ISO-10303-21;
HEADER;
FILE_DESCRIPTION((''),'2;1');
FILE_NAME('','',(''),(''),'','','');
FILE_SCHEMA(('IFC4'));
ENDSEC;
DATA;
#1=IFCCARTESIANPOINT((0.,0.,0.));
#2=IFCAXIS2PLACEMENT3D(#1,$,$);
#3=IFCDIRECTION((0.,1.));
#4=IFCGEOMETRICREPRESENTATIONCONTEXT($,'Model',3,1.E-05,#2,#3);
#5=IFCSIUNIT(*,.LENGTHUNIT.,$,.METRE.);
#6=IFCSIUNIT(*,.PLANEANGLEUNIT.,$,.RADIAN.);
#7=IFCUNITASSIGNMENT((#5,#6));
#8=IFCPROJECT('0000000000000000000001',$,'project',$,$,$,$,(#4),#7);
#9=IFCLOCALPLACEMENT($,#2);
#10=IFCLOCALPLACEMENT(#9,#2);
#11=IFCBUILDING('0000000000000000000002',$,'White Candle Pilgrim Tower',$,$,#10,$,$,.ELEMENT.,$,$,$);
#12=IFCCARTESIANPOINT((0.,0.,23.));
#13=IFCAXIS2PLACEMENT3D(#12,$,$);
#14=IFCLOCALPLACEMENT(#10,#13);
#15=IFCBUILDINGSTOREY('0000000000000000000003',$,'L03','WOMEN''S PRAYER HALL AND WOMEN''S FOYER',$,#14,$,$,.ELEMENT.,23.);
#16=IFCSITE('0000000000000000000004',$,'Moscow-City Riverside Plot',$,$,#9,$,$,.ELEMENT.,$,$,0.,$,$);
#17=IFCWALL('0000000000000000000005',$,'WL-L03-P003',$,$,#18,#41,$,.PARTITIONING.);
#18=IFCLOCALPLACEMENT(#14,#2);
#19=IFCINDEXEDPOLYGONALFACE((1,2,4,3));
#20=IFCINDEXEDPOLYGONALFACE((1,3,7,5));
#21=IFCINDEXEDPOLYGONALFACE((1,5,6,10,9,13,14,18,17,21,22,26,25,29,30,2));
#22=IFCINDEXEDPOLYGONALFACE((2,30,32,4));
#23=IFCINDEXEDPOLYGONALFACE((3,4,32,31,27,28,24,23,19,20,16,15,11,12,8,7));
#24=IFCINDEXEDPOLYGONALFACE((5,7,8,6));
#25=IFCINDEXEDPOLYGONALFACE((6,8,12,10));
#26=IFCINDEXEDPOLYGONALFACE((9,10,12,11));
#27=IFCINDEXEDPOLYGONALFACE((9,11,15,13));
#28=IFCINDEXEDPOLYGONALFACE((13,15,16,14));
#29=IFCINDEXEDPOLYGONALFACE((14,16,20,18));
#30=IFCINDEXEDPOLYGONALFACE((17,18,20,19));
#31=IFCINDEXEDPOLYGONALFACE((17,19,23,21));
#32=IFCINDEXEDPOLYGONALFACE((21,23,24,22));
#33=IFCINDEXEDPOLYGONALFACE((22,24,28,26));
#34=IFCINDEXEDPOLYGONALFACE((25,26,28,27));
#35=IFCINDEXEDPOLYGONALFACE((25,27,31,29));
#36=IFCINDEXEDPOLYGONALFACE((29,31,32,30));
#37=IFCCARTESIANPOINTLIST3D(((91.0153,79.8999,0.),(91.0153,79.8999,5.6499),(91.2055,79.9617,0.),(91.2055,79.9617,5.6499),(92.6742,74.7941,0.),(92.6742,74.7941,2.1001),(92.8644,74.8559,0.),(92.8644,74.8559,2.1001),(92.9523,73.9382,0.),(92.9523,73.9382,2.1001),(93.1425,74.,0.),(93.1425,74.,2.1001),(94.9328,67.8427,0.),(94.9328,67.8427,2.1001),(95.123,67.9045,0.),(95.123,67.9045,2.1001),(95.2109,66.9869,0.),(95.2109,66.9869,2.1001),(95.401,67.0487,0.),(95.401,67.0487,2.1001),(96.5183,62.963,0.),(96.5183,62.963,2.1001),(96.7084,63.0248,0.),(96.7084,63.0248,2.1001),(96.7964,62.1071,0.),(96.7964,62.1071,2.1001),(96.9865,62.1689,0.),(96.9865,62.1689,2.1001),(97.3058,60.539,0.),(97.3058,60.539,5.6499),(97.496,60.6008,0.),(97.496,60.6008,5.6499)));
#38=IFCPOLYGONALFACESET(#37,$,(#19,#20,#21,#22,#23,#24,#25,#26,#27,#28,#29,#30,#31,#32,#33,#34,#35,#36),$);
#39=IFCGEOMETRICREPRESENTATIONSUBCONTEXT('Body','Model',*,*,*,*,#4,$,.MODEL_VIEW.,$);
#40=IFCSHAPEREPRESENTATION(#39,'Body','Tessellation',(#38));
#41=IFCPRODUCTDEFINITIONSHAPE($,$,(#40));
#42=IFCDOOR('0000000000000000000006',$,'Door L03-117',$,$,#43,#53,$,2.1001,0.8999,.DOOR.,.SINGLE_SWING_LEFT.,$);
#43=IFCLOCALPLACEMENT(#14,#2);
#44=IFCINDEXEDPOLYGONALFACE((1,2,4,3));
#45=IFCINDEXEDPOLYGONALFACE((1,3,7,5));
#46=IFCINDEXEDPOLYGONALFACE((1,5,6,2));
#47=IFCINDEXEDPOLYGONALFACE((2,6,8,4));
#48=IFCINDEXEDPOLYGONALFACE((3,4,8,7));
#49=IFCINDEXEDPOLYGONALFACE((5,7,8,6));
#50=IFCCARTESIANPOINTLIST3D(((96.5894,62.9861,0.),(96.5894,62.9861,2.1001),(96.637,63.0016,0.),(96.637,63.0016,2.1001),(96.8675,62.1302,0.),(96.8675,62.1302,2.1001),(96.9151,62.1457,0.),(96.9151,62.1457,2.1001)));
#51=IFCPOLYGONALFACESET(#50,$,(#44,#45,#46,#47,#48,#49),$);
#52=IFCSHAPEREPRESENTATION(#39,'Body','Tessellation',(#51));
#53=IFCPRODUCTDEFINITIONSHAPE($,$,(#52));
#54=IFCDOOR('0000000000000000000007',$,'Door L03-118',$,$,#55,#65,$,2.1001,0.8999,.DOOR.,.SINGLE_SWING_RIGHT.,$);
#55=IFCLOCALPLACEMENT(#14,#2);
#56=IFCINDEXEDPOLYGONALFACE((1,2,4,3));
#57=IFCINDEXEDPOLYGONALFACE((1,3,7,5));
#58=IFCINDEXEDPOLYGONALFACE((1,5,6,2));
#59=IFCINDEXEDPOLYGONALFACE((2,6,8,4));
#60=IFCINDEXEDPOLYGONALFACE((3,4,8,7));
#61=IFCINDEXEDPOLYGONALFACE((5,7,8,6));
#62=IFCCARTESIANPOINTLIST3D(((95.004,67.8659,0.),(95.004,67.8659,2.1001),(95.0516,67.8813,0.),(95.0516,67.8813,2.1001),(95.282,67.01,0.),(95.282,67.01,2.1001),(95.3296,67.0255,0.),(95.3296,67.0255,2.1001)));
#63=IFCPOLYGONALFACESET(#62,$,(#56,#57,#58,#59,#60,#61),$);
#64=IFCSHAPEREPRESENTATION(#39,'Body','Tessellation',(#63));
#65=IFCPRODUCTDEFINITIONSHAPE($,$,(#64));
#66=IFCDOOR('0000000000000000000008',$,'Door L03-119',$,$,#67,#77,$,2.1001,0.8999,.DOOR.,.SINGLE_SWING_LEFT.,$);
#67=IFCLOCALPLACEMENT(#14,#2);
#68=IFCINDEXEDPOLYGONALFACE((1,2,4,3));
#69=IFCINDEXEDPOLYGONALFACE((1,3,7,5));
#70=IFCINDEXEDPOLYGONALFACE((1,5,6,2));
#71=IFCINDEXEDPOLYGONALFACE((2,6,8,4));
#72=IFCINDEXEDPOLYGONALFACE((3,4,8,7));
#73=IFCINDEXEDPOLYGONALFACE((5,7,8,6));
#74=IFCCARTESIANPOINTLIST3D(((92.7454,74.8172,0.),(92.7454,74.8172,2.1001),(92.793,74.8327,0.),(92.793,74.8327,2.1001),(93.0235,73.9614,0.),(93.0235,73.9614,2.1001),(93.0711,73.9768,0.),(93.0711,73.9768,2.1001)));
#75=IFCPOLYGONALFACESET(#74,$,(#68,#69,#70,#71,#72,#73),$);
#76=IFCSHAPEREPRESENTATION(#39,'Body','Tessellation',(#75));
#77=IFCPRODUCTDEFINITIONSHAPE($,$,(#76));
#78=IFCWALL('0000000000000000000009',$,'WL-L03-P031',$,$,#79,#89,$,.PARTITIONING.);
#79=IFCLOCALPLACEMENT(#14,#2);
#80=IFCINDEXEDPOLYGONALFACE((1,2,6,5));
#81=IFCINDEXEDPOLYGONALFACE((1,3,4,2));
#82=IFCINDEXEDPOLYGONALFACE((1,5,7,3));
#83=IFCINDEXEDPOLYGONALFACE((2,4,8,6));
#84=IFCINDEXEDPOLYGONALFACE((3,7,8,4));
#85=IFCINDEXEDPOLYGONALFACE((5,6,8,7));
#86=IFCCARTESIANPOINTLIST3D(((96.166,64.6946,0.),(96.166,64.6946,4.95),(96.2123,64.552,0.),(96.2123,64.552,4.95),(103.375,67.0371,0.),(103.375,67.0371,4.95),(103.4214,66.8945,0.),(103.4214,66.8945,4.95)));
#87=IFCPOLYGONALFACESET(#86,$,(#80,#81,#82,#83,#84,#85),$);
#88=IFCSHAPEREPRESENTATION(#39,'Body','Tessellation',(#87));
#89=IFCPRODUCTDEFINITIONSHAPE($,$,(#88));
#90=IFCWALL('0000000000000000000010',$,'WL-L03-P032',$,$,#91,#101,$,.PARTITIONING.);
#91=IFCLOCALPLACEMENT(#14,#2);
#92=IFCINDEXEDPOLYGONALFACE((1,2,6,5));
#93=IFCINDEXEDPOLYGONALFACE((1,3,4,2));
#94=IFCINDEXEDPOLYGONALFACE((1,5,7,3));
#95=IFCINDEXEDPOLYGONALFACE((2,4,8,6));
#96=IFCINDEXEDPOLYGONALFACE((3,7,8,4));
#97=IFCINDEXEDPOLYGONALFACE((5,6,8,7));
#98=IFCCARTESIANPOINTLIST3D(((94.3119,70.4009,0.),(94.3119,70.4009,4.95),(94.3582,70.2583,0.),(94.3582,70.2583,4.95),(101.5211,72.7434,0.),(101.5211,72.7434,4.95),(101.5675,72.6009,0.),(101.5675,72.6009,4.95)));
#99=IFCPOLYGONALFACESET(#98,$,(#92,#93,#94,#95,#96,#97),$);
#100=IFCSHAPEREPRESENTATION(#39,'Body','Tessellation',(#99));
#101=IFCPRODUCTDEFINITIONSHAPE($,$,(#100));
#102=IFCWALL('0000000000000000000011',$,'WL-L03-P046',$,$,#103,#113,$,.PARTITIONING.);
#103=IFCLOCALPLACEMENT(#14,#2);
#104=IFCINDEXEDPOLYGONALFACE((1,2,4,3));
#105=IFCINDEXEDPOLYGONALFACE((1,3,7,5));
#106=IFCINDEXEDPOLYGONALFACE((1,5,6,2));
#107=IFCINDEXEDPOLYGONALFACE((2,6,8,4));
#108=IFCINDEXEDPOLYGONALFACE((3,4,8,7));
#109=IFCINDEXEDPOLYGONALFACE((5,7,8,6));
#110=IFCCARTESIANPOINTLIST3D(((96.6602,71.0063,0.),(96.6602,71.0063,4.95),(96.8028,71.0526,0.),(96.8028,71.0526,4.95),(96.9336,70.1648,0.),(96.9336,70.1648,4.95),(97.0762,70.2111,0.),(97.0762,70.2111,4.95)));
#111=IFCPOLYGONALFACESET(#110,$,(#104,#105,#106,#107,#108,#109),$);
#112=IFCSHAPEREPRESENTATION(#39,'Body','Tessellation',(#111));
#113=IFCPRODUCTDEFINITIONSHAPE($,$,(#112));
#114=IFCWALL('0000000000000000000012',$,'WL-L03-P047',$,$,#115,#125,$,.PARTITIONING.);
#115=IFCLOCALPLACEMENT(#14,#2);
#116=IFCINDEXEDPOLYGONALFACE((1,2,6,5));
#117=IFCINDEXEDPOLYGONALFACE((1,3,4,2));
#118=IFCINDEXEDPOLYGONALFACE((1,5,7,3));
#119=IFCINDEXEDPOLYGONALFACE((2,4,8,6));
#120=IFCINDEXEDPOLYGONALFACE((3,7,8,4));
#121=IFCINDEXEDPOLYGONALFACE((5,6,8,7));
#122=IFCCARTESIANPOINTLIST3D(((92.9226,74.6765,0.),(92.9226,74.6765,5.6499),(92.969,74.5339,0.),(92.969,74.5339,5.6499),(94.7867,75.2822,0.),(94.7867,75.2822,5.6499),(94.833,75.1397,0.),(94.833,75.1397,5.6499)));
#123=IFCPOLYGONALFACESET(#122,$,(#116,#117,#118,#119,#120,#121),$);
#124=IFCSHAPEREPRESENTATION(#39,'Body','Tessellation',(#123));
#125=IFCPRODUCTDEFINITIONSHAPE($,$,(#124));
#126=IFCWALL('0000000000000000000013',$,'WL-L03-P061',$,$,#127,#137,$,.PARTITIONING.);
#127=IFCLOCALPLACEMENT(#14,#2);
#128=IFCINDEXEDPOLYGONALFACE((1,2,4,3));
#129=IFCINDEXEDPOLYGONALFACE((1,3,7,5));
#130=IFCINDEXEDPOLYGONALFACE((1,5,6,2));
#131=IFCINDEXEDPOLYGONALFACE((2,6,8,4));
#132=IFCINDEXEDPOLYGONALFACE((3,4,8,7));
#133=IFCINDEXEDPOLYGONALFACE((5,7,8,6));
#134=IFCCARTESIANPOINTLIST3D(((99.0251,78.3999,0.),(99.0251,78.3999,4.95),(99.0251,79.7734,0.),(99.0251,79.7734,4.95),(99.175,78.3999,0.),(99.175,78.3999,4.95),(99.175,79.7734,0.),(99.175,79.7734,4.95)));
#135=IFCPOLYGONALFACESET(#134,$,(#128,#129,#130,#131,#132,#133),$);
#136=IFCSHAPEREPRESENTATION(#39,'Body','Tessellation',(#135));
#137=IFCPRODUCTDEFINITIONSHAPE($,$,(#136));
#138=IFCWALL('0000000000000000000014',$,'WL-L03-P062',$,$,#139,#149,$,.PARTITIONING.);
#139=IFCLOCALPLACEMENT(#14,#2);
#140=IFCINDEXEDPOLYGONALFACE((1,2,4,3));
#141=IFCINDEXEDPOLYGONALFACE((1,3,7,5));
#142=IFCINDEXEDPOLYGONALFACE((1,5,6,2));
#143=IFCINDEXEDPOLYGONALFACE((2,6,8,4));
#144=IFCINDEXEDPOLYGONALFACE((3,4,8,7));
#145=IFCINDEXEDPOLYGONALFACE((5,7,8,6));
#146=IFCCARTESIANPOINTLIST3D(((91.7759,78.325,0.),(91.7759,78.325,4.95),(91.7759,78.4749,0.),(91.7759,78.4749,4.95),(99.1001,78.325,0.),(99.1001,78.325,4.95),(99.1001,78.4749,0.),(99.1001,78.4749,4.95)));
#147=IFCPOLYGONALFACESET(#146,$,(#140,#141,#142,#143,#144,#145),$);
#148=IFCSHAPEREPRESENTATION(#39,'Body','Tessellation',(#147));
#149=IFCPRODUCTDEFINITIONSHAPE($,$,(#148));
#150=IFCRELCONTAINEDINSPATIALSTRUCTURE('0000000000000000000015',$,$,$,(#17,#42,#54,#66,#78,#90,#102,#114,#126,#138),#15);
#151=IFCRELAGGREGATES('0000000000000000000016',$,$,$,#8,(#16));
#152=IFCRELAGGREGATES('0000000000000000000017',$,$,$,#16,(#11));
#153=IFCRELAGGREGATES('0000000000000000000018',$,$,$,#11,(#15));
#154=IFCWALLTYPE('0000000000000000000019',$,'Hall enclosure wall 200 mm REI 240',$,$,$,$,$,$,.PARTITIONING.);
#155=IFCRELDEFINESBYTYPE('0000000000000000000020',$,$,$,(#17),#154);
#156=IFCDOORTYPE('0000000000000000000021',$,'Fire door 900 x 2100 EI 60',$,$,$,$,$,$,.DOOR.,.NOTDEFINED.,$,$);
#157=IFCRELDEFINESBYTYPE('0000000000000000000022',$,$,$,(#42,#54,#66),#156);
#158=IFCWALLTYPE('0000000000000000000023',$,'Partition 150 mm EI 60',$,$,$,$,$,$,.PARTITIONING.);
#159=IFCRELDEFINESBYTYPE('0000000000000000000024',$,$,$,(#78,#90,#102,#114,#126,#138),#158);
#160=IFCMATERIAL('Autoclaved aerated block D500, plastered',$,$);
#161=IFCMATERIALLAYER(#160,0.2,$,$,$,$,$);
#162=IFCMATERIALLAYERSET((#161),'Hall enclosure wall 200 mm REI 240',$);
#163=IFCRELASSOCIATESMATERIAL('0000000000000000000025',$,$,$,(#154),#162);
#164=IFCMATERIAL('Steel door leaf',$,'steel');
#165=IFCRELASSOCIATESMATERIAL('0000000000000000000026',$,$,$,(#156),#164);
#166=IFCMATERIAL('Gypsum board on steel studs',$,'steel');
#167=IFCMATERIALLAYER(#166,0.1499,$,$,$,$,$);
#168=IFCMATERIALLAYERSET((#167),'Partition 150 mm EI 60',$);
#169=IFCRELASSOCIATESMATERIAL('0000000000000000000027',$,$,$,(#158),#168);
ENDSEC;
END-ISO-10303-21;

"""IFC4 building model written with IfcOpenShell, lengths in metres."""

from ifc_helpers import new_model, si_unit, direction, frame, frame_2d, origin, place, context, subcontext, project, spatial, rectangle, extrude, material, layer, layer_set, type_object, element, fill, save


model = new_model("IFC4")

# Units and contexts
model_context = context("Model", 3, precision=1e-05, world=origin(), true_north=direction((0.0, 1.0)))
body_context = subcontext(model_context, "Body", "Model", "MODEL_VIEW")
ifc_project = project(units=[si_unit("LENGTHUNIT", "METRE"), si_unit("PLANEANGLEUNIT", "RADIAN")], contexts=[model_context])

# Site, building, storey
site_placement = place(None, origin())
site = spatial("IfcSite", under=ifc_project, at=site_placement, Name="Moscow-City Riverside Plot", CompositionType="ELEMENT", RefElevation=0.0)
building_placement = place(site_placement, origin())
building = spatial("IfcBuilding", under=site, at=building_placement, Name="White Candle Pilgrim Tower", CompositionType="ELEMENT")
storey_placement = place(building_placement, frame((0.0, 0.0, 23.0)))
storey = spatial("IfcBuildingStorey", under=building, at=storey_placement, Name="L03", Description="WOMEN'S PRAYER HALL AND WOMEN'S FOYER", CompositionType="ELEMENT", Elevation=23.0)

# Wall, openings, doors
ifc_material_1 = material(Name="Autoclaved aerated block D500, plastered")
ifc_layer_1 = layer(ifc_material_1, 0.2)
ifc_layer_set_1 = layer_set([ifc_layer_1], Name="Hall enclosure wall 200 mm REI 240")
wall_type_1 = type_object("IfcWallType", Name="Hall enclosure wall 200 mm REI 240", PredefinedType="PARTITIONING", material=ifc_layer_set_1)
wall_1_placement = place(storey_placement, frame((91.1104, 79.9309, 0.0), z_axis=(0.0, 0.0, 1.0), x_axis=(0.309009, -0.951059, 0.0)))
wall_1 = element("IfcWall", 1, at=wall_1_placement, inside=storey, type_object=wall_type_1, Name="WL-L03-P003", PredefinedType="PARTITIONING", context=body_context, shape_type="SweptSolid", body=[
    extrude(rectangle(XDim=20.3572, YDim=0.2, at=frame_2d((10.1787, 0.0))), origin(), (0.0, 0.0, 1.0), 5.6499),
])
opening_1_placement = place(wall_1_placement, frame((17.8086, 0.0, 0.0)))
opening_1 = element("IfcOpeningElement", 2, at=opening_1_placement, cuts=wall_1, PredefinedType="OPENING", context=body_context, shape_type="SweptSolid", body=[
    extrude(rectangle(XDim=0.8999, YDim=2.1001, at=frame_2d((0.45, 1.05))), frame((0.0, 0.1099, 0.0), z_axis=(0.0, -1.0, 0.0), x_axis=(1.0, 0.0, 0.0)), (0.0, 0.0, 1.0), 0.22),
])
opening_2_placement = place(wall_1_placement, frame((12.6777, 0.0, 0.0)))
opening_2 = element("IfcOpeningElement", 3, at=opening_2_placement, cuts=wall_1, PredefinedType="OPENING", context=body_context, shape_type="SweptSolid", body=[
    extrude(rectangle(XDim=0.8999, YDim=2.1001, at=frame_2d((0.45, 1.05))), frame((0.0, 0.1099, 0.0), z_axis=(0.0, -1.0, 0.0), x_axis=(1.0, 0.0, 0.0)), (0.0, 0.0, 1.0), 0.22),
])
opening_3_placement = place(wall_1_placement, frame((5.3687, 0.0, 0.0)))
opening_3 = element("IfcOpeningElement", 4, at=opening_3_placement, cuts=wall_1, PredefinedType="OPENING", context=body_context, shape_type="SweptSolid", body=[
    extrude(rectangle(XDim=0.8999, YDim=2.1001, at=frame_2d((0.45, 1.05))), frame((0.0, 0.1099, 0.0), z_axis=(0.0, -1.0, 0.0), x_axis=(1.0, 0.0, 0.0)), (0.0, 0.0, 1.0), 0.22),
])
ifc_material_2 = material(Name="Steel door leaf", Category="steel")
door_type = type_object("IfcDoorType", Name="Fire door 900 x 2100 EI 60", OperationType="NOTDEFINED", PredefinedType="DOOR", material=ifc_material_2)
door_1_placement = place(opening_1_placement, origin())
door_1 = element("IfcDoor", 5, at=door_1_placement, inside=storey, type_object=door_type, Name="Door L03-117", OperationType="SINGLE_SWING_LEFT", OverallHeight=2.1001, OverallWidth=0.8999, PredefinedType="DOOR", context=body_context, shape_type="SweptSolid", body=[
    extrude(rectangle(XDim=0.8999, YDim=2.1001, at=frame_2d((0.45, 1.05))), frame((0.0, 0.0249, 0.0), z_axis=(0.0, -1.0, 0.0), x_axis=(1.0, 0.0, 0.0)), (0.0, 0.0, 1.0), 0.05),
])
fill(opening_1, door_1)
door_2_placement = place(opening_2_placement, origin())
door_2 = element("IfcDoor", 6, at=door_2_placement, inside=storey, type_object=door_type, Name="Door L03-118", OperationType="SINGLE_SWING_RIGHT", OverallHeight=2.1001, OverallWidth=0.8999, PredefinedType="DOOR", context=body_context, shape_type="SweptSolid", body=[
    extrude(rectangle(XDim=0.8999, YDim=2.1001, at=frame_2d((0.45, 1.05))), frame((0.0, 0.0249, 0.0), z_axis=(0.0, -1.0, 0.0), x_axis=(1.0, 0.0, 0.0)), (0.0, 0.0, 1.0), 0.05),
])
fill(opening_2, door_2)
door_3_placement = place(opening_3_placement, origin())
door_3 = element("IfcDoor", 7, at=door_3_placement, inside=storey, type_object=door_type, Name="Door L03-119", OperationType="SINGLE_SWING_LEFT", OverallHeight=2.1001, OverallWidth=0.8999, PredefinedType="DOOR", context=body_context, shape_type="SweptSolid", body=[
    extrude(rectangle(XDim=0.8999, YDim=2.1001, at=frame_2d((0.45, 1.05))), frame((0.0, 0.0249, 0.0), z_axis=(0.0, -1.0, 0.0), x_axis=(1.0, 0.0, 0.0)), (0.0, 0.0, 1.0), 0.05),
])
fill(opening_3, door_3)

# Walls
ifc_material_3 = material(Name="Gypsum board on steel studs", Category="steel")
ifc_layer_2 = layer(ifc_material_3, 0.1499)
ifc_layer_set_2 = layer_set([ifc_layer_2], Name="Partition 150 mm EI 60")
wall_type_2 = type_object("IfcWallType", Name="Partition 150 mm EI 60", PredefinedType="PARTITIONING", material=ifc_layer_set_2)
wall_2_placement = place(storey_placement, frame((103.3982, 66.9658, 0.0), z_axis=(0.0, 0.0, 1.0), x_axis=(-0.951049, -0.309039, 0.0)))
element("IfcWall", 8, at=wall_2_placement, inside=storey, type_object=wall_type_2, Name="WL-L03-P031", PredefinedType="PARTITIONING", context=body_context, shape_type="SweptSolid", body=[
    extrude(rectangle(XDim=7.5801, YDim=0.1499, at=frame_2d((3.79, 0.0))), origin(), (0.0, 0.0, 1.0), 4.95),
])
wall_3_placement = place(storey_placement, frame((101.5442, 72.6721, 0.0), z_axis=(0.0, 0.0, 1.0), x_axis=(-0.951052, -0.30903, 0.0)))
element("IfcWall", 9, at=wall_3_placement, inside=storey, type_object=wall_type_2, Name="WL-L03-P032", PredefinedType="PARTITIONING", context=body_context, shape_type="SweptSolid", body=[
    extrude(rectangle(XDim=7.5803, YDim=0.1499, at=frame_2d((3.79, 0.0))), origin(), (0.0, 0.0, 1.0), 4.95),
])
wall_4_placement = place(storey_placement, frame((97.0049, 70.188, 0.0), z_axis=(0.0, 0.0, 1.0), x_axis=(-0.309017, 0.951056, 0.0)))
element("IfcWall", 10, at=wall_4_placement, inside=storey, type_object=wall_type_2, Name="WL-L03-P046", PredefinedType="PARTITIONING", context=body_context, shape_type="SweptSolid", body=[
    extrude(rectangle(XDim=0.8848, YDim=0.1499, at=frame_2d((0.4424, 0.0))), origin(), (0.0, 0.0, 1.0), 4.95),
])
wall_5_placement = place(storey_placement, frame((94.8098, 75.2109, 0.0), z_axis=(0.0, 0.0, 1.0), x_axis=(-0.951048, -0.309044, 0.0)))
element("IfcWall", 11, at=wall_5_placement, inside=storey, type_object=wall_type_2, Name="WL-L03-P047", PredefinedType="PARTITIONING", context=body_context, shape_type="SweptSolid", body=[
    extrude(rectangle(XDim=1.96, YDim=0.1499, at=frame_2d((0.98, 0.0))), origin(), (0.0, 0.0, 1.0), 5.6499),
])
wall_6_placement = place(storey_placement, frame((99.1001, 78.3999, 0.0), z_axis=(0.0, 0.0, 1.0), x_axis=(0.0, 1.0, 0.0)))
element("IfcWall", 12, at=wall_6_placement, inside=storey, type_object=wall_type_2, Name="WL-L03-P061", PredefinedType="PARTITIONING", context=body_context, shape_type="SweptSolid", body=[
    extrude(rectangle(XDim=1.3735, YDim=0.1499, at=frame_2d((0.6868, 0.0))), origin(), (0.0, 0.0, 1.0), 4.95),
])
wall_7_placement = place(storey_placement, frame((91.7759, 78.3999, 0.0), z_axis=(0.0, 0.0, 1.0), x_axis=(1.0, 0.0, 0.0)))
element("IfcWall", 13, at=wall_7_placement, inside=storey, type_object=wall_type_2, Name="WL-L03-P062", PredefinedType="PARTITIONING", context=body_context, shape_type="SweptSolid", body=[
    extrude(rectangle(XDim=7.3242, YDim=0.1499, at=frame_2d((3.6621, 0.0))), origin(), (0.0, 0.0, 1.0), 4.95),
])

save(model, "model.ifc")
